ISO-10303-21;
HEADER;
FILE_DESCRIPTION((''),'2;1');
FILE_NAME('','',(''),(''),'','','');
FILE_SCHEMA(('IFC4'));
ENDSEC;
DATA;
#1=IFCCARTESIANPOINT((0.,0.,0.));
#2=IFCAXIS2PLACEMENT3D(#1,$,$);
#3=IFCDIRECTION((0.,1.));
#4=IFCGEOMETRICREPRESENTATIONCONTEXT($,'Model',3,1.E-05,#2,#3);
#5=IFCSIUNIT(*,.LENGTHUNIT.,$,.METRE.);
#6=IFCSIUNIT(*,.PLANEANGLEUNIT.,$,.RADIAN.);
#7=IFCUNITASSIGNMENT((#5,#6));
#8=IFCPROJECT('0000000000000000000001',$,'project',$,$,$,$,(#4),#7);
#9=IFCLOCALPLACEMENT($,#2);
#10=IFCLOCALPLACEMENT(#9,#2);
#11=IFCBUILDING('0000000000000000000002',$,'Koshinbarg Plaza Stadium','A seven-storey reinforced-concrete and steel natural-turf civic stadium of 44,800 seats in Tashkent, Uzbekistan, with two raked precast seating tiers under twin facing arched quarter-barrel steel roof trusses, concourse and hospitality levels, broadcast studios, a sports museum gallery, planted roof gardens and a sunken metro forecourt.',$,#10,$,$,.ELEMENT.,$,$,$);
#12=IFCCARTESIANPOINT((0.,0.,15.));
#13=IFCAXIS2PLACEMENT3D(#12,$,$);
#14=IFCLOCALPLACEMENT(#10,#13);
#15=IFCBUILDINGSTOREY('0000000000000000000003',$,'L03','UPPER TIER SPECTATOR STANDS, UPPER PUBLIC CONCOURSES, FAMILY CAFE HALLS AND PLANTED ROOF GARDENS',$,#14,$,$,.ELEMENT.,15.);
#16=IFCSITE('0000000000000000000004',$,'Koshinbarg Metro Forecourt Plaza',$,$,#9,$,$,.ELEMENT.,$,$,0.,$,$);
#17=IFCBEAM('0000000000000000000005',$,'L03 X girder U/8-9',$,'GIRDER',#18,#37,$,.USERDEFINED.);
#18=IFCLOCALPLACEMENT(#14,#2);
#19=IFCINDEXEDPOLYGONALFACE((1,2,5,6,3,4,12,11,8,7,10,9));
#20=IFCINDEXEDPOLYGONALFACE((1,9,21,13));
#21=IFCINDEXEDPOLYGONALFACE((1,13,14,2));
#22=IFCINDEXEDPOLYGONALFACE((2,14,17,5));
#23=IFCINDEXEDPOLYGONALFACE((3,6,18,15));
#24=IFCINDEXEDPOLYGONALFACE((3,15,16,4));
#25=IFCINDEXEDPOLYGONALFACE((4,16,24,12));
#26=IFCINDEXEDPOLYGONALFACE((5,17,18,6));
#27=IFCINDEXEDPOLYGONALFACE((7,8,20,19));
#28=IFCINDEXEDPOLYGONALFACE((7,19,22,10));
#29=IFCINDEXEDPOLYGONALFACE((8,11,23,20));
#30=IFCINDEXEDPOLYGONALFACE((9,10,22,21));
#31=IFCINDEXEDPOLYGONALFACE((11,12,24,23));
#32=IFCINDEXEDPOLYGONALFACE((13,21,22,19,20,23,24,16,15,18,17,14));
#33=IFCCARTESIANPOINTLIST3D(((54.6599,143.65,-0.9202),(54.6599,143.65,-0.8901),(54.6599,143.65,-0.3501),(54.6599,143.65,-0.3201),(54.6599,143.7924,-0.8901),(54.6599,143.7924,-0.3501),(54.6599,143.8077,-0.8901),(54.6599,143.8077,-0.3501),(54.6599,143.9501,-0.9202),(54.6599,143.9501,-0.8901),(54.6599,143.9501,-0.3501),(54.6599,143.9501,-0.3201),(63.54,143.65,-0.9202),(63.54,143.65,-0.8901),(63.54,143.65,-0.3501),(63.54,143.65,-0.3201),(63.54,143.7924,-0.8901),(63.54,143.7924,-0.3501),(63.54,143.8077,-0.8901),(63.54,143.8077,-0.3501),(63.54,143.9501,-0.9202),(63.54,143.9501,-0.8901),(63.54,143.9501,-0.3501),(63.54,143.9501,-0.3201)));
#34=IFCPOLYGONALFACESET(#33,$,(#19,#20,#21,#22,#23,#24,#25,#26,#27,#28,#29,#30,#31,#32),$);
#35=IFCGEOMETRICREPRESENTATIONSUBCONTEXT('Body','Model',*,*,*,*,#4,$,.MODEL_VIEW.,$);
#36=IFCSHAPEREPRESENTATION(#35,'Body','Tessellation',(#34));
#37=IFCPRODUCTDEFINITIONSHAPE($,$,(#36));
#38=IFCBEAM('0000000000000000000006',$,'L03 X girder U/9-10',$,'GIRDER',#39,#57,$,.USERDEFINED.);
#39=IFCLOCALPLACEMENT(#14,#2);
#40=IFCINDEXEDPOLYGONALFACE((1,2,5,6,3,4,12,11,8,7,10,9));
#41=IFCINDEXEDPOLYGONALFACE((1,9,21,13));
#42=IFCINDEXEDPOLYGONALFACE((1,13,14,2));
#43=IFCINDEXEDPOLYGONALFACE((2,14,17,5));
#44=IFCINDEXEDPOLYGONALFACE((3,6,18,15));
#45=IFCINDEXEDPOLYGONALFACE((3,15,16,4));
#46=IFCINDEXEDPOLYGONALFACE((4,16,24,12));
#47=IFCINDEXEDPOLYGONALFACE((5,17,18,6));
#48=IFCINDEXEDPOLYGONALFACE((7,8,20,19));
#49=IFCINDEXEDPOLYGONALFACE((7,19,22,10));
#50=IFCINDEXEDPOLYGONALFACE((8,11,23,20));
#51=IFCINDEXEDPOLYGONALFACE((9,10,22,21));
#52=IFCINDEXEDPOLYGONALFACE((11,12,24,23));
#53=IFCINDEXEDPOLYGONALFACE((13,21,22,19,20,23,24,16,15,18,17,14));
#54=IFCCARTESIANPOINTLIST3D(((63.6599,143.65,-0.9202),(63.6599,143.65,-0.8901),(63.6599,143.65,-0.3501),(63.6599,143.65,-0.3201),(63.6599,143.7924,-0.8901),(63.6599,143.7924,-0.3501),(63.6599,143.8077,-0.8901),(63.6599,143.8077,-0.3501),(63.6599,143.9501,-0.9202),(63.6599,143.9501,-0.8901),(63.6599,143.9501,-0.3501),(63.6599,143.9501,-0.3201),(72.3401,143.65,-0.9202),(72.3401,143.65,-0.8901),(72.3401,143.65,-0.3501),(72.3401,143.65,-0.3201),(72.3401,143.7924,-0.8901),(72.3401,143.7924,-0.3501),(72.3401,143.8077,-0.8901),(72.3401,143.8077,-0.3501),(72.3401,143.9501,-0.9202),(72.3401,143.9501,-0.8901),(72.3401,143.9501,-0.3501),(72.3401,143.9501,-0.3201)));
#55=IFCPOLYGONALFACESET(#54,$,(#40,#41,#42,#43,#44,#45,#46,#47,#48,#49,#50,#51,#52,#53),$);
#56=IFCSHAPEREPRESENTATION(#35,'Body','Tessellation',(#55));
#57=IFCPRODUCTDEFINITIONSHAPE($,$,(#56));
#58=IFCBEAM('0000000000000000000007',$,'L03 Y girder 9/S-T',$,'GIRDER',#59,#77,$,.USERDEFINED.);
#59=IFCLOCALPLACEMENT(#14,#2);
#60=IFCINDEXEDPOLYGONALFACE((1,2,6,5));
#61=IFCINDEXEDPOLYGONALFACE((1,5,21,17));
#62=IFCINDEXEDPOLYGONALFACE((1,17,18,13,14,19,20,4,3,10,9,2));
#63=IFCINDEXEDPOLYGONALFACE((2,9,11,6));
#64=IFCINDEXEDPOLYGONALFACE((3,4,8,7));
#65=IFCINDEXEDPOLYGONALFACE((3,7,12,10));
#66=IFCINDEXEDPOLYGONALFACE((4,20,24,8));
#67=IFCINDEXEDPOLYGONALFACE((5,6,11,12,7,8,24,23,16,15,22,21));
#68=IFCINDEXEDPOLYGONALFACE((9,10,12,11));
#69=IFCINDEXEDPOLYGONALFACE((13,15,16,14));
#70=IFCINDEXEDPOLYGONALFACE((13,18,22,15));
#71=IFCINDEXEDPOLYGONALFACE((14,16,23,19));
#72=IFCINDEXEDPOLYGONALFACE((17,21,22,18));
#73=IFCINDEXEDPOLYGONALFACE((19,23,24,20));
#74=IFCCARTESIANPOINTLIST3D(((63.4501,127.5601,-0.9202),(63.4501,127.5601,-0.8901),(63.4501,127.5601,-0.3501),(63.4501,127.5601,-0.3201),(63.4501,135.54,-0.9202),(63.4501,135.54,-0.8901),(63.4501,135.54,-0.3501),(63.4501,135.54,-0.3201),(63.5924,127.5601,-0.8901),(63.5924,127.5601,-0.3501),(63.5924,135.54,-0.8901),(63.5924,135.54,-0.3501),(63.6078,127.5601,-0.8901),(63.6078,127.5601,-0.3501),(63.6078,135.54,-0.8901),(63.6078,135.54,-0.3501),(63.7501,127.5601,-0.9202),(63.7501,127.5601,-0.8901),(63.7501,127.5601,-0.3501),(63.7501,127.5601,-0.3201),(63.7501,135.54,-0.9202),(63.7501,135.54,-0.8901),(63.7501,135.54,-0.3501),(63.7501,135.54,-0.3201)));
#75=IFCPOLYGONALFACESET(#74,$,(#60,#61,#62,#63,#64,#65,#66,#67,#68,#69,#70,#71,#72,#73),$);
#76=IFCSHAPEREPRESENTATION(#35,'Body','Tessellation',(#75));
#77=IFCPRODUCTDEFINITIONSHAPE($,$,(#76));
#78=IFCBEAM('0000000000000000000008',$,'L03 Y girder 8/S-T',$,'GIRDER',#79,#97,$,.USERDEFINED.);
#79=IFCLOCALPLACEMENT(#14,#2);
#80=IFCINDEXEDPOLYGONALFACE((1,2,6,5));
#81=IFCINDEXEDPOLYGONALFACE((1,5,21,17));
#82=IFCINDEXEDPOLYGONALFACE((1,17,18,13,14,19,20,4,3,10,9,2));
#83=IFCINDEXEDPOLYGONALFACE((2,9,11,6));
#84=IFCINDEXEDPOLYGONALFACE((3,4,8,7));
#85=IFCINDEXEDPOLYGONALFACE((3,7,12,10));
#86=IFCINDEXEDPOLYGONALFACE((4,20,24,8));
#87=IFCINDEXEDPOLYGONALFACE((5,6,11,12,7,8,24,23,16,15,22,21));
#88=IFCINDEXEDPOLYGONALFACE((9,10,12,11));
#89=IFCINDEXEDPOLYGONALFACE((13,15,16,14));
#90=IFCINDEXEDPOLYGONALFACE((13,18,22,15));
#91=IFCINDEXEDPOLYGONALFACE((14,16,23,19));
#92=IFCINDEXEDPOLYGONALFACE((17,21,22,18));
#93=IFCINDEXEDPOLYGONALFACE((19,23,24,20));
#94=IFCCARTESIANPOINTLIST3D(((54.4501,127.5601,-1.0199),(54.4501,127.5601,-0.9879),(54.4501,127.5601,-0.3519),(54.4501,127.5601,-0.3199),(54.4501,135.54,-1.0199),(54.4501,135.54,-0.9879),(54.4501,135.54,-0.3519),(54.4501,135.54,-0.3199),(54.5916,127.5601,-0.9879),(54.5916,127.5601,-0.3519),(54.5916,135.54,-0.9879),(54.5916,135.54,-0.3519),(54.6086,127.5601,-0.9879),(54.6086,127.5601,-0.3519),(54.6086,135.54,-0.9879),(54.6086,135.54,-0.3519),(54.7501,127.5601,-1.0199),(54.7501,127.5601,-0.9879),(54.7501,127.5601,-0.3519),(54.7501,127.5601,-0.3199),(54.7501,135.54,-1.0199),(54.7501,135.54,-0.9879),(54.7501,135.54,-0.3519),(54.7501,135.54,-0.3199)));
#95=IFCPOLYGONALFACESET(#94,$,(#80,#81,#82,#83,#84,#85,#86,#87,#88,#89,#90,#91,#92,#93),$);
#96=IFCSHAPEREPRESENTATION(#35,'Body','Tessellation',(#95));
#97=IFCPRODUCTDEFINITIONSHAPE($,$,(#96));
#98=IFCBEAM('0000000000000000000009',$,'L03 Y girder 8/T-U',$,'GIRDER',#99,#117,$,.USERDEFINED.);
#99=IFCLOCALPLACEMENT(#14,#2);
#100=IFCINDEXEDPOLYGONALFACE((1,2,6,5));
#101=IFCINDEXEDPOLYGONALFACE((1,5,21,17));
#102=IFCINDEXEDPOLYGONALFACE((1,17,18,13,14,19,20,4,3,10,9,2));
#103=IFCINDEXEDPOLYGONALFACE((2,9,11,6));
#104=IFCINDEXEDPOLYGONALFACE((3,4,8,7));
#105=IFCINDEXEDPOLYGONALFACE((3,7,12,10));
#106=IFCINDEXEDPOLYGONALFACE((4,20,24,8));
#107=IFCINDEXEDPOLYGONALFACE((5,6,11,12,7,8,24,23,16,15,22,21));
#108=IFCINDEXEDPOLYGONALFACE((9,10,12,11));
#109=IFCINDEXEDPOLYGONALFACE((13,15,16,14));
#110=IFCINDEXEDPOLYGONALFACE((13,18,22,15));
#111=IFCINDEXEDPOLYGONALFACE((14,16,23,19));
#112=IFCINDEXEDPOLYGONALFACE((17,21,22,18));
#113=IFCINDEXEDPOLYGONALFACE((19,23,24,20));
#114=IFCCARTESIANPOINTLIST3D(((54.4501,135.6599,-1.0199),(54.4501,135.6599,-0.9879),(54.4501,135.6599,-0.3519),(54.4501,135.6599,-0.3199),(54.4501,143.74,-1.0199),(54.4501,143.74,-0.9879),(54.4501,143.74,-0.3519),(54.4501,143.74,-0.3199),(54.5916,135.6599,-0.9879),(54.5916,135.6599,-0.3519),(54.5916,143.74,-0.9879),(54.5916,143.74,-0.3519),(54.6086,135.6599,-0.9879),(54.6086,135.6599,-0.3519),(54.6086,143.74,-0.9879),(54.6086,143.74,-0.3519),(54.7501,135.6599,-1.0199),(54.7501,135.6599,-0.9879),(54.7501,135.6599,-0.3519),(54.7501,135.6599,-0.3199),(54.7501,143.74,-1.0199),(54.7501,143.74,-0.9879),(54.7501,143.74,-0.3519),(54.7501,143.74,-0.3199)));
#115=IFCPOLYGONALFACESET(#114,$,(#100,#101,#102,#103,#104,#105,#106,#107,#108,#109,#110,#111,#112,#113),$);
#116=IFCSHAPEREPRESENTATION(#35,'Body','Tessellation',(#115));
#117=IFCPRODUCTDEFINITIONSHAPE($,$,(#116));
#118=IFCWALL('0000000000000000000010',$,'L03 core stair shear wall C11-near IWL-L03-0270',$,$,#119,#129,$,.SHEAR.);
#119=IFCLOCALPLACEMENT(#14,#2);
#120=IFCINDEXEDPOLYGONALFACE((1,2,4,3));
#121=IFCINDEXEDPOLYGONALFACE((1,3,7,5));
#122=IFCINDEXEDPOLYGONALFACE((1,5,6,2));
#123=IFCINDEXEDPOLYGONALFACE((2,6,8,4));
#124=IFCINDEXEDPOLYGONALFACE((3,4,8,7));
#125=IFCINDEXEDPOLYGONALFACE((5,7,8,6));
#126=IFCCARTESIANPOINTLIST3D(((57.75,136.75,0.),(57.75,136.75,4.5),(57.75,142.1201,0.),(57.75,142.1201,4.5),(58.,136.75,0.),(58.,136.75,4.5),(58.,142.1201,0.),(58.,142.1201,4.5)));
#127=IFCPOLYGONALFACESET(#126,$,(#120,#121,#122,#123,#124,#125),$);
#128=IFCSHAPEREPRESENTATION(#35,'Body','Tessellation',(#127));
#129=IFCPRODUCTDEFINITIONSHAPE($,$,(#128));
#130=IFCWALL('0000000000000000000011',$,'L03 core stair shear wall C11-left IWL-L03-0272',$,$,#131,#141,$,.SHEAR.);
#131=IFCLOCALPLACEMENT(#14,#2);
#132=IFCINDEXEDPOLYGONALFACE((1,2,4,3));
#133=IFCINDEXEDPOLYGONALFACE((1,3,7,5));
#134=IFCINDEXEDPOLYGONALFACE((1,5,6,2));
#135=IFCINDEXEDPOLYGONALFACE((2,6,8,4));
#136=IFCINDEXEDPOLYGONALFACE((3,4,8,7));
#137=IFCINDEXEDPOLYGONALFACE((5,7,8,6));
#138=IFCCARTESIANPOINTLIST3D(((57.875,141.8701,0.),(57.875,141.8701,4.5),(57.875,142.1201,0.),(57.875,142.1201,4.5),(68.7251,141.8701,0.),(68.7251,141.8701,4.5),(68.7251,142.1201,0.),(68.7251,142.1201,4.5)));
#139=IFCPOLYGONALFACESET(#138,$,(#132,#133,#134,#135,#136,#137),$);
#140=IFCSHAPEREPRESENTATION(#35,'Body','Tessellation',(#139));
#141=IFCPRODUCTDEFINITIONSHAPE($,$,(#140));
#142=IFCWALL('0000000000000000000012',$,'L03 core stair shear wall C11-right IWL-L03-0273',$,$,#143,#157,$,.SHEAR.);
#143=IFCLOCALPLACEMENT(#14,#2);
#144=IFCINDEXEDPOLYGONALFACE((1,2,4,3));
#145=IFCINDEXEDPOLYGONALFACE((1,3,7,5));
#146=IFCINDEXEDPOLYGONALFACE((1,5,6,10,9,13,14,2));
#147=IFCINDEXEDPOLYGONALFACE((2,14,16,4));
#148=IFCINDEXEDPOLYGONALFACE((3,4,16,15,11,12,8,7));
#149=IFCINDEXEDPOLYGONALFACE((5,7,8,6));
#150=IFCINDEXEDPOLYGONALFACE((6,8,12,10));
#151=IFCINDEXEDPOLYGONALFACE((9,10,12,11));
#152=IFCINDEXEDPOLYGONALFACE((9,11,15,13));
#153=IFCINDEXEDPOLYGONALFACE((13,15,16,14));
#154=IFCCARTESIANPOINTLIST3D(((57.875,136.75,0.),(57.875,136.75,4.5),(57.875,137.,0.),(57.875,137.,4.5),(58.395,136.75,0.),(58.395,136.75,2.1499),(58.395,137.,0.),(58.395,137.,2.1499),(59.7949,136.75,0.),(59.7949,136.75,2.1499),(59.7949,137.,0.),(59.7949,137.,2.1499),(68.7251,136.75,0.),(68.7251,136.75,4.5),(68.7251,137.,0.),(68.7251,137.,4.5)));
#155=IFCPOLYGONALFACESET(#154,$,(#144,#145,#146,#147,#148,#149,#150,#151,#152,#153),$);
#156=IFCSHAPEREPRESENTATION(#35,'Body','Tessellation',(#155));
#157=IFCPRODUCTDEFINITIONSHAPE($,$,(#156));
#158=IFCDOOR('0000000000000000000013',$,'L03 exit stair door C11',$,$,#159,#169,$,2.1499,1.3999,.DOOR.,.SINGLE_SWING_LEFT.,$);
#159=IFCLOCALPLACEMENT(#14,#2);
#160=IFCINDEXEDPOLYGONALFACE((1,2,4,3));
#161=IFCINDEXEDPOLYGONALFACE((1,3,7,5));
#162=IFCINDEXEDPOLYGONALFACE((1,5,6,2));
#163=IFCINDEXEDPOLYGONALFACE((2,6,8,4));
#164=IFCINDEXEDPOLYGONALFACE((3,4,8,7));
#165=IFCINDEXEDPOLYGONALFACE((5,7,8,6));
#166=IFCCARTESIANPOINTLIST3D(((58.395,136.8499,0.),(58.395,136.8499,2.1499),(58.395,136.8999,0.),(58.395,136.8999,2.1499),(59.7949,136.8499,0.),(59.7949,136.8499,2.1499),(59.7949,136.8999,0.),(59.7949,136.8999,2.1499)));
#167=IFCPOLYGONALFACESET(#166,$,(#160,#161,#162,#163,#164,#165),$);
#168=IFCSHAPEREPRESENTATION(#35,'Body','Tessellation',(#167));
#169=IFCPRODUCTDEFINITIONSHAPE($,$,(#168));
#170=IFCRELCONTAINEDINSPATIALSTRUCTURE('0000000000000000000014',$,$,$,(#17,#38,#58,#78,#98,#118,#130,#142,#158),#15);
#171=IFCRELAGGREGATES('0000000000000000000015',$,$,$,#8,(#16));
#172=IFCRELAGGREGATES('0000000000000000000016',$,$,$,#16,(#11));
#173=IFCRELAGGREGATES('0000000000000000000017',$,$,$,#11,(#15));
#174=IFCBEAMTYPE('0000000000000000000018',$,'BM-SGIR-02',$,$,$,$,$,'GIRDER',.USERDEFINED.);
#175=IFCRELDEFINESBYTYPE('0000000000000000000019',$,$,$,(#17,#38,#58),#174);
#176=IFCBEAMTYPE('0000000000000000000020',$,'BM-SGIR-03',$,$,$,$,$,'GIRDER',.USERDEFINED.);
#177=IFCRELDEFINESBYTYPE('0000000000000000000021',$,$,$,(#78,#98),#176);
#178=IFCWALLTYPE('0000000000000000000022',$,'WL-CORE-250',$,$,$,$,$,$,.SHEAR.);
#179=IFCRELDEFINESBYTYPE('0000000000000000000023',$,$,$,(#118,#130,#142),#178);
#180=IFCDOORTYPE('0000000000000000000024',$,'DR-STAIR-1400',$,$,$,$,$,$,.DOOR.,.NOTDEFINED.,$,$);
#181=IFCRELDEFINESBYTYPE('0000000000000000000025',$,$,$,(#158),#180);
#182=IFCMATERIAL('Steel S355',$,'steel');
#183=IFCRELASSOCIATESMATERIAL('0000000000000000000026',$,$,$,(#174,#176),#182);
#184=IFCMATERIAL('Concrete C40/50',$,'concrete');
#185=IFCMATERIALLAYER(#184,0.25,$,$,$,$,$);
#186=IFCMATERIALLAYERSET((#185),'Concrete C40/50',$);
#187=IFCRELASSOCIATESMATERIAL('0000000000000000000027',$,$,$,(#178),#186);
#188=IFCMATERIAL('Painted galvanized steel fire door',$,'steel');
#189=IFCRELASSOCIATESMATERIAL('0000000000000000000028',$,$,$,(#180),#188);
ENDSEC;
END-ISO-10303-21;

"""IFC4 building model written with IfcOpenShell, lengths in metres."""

from ifc_helpers import new_model, si_unit, direction, frame, frame_2d, origin, origin_2d, place, context, subcontext, project, spatial, rectangle, i_section, extrude, material, layer, layer_set, material_profile, profile_set, type_object, element, fill, save


model = new_model("IFC4")

# Units and contexts
model_context = context("Model", 3, precision=1e-05, world=origin(), true_north=direction((0.0, 1.0)))
body_context = subcontext(model_context, "Body", "Model", "MODEL_VIEW")
ifc_project = project(units=[si_unit("LENGTHUNIT", "METRE"), si_unit("PLANEANGLEUNIT", "RADIAN")], contexts=[model_context])

# Site, building, storey
site_placement = place(None, origin())
site = spatial("IfcSite", under=ifc_project, at=site_placement, Name="Koshinbarg Metro Forecourt Plaza", CompositionType="ELEMENT", RefElevation=0.0)
building_placement = place(site_placement, origin())
building = spatial("IfcBuilding", under=site, at=building_placement, Name="Koshinbarg Plaza Stadium", Description="A seven-storey reinforced-concrete and steel natural-turf civic stadium of 44,800 seats in Tashkent, Uzbekistan, with two raked precast seating tiers under twin facing arched quarter-barrel steel roof trusses, concourse and hospitality levels, broadcast studios, a sports museum gallery, planted roof gardens and a sunken metro forecourt.", CompositionType="ELEMENT")
storey_placement = place(building_placement, frame((0.0, 0.0, 15.0)))
storey = spatial("IfcBuildingStorey", under=building, at=storey_placement, Name="L03", Description="UPPER TIER SPECTATOR STANDS, UPPER PUBLIC CONCOURSES, FAMILY CAFE HALLS AND PLANTED ROOF GARDENS", CompositionType="ELEMENT", Elevation=15.0)

# Shared definitions
ifc_material_1 = material(Name="Concrete C40/50", Category="concrete")

# Beams
ifc_material_2 = material(Name="Steel S355", Category="steel")
ifc_material_profile_1 = material_profile(ifc_material_2, i_section(OverallWidth=0.3, OverallDepth=0.6001, WebThickness=0.0154, FlangeThickness=0.03, at=origin_2d()), Name="HEB 600")
ifc_profile_set_1 = profile_set([ifc_material_profile_1], Name="Steel S355")
beam_type_1 = type_object("IfcBeamType", Name="BM-SGIR-02", ElementType="GIRDER", PredefinedType="USERDEFINED", material=ifc_profile_set_1)
beam_1_placement = place(storey_placement, frame((54.6599, 143.8, -0.6201), z_axis=(1.0, 0.0, 0.0), x_axis=(0.0, 1.0, 0.0)))
element("IfcBeam", 1, at=beam_1_placement, inside=storey, type_object=beam_type_1, Name="L03 X girder U/8-9", ObjectType="GIRDER", PredefinedType="USERDEFINED", context=body_context, shape_type="SweptSolid", body=[
    extrude(i_section(OverallWidth=0.3, OverallDepth=0.6001, WebThickness=0.0154, FlangeThickness=0.03, at=origin_2d()), origin(), (0.0, 0.0, 1.0), 8.8801),
])
beam_2_placement = place(storey_placement, frame((63.6599, 143.8, -0.6201), z_axis=(1.0, 0.0, 0.0), x_axis=(0.0, 1.0, 0.0)))
element("IfcBeam", 2, at=beam_2_placement, inside=storey, type_object=beam_type_1, Name="L03 X girder U/9-10", ObjectType="GIRDER", PredefinedType="USERDEFINED", context=body_context, shape_type="SweptSolid", body=[
    extrude(i_section(OverallWidth=0.3, OverallDepth=0.6001, WebThickness=0.0154, FlangeThickness=0.03, at=origin_2d()), origin(), (0.0, 0.0, 1.0), 8.6802),
])
beam_3_placement = place(storey_placement, frame((63.6001, 127.5601, -0.6201), z_axis=(0.0, 1.0, 0.0), x_axis=(-1.0, 0.0, 0.0)))
element("IfcBeam", 3, at=beam_3_placement, inside=storey, type_object=beam_type_1, Name="L03 Y girder 9/S-T", ObjectType="GIRDER", PredefinedType="USERDEFINED", context=body_context, shape_type="SweptSolid", body=[
    extrude(i_section(OverallWidth=0.3, OverallDepth=0.6001, WebThickness=0.0154, FlangeThickness=0.03, at=origin_2d()), origin(), (0.0, 0.0, 1.0), 7.98),
])
ifc_material_profile_2 = material_profile(ifc_material_2, i_section(OverallWidth=0.3, OverallDepth=0.7, WebThickness=0.0171, FlangeThickness=0.032, at=origin_2d()), Name="HEB 700")
ifc_profile_set_2 = profile_set([ifc_material_profile_2], Name="Steel S355")
beam_type_2 = type_object("IfcBeamType", Name="BM-SGIR-03", ElementType="GIRDER", PredefinedType="USERDEFINED", material=ifc_profile_set_2)
beam_4_placement = place(storey_placement, frame((54.6001, 127.5601, -0.6699), z_axis=(0.0, 1.0, 0.0), x_axis=(-1.0, 0.0, 0.0)))
element("IfcBeam", 4, at=beam_4_placement, inside=storey, type_object=beam_type_2, Name="L03 Y girder 8/S-T", ObjectType="GIRDER", PredefinedType="USERDEFINED", context=body_context, shape_type="SweptSolid", body=[
    extrude(i_section(OverallWidth=0.3, OverallDepth=0.7, WebThickness=0.0171, FlangeThickness=0.032, at=origin_2d()), origin(), (0.0, 0.0, 1.0), 7.98),
])
beam_5_placement = place(storey_placement, frame((54.6001, 135.6599, -0.6699), z_axis=(0.0, 1.0, 0.0), x_axis=(-1.0, 0.0, 0.0)))
element("IfcBeam", 5, at=beam_5_placement, inside=storey, type_object=beam_type_2, Name="L03 Y girder 8/T-U", ObjectType="GIRDER", PredefinedType="USERDEFINED", context=body_context, shape_type="SweptSolid", body=[
    extrude(i_section(OverallWidth=0.3, OverallDepth=0.7, WebThickness=0.0171, FlangeThickness=0.032, at=origin_2d()), origin(), (0.0, 0.0, 1.0), 8.0801),
])

# Walls
ifc_layer_1 = layer(ifc_material_1, 0.25)
ifc_layer_set_1 = layer_set([ifc_layer_1], Name="Concrete C40/50")
wall_type_1 = type_object("IfcWallType", Name="WL-CORE-250", PredefinedType="SHEAR", material=ifc_layer_set_1)
wall_1_placement = place(storey_placement, frame((57.875, 142.1201, 0.0), z_axis=(0.0, 0.0, 1.0), x_axis=(0.0, -1.0, 0.0)))
element("IfcWall", 6, at=wall_1_placement, inside=storey, type_object=wall_type_1, Name="L03 core stair shear wall C11-near IWL-L03-0270", PredefinedType="SHEAR", context=body_context, shape_type="SweptSolid", body=[
    extrude(rectangle(XDim=5.3701, YDim=0.25, at=frame_2d((2.6851, 0.0))), origin(), (0.0, 0.0, 1.0), 4.5),
])
wall_2_placement = place(storey_placement, frame((57.875, 141.9951, 0.0), z_axis=(0.0, 0.0, 1.0), x_axis=(1.0, 0.0, 0.0)))
element("IfcWall", 7, at=wall_2_placement, inside=storey, type_object=wall_type_1, Name="L03 core stair shear wall C11-left IWL-L03-0272", PredefinedType="SHEAR", context=body_context, shape_type="SweptSolid", body=[
    extrude(rectangle(XDim=10.8501, YDim=0.25, at=frame_2d((5.425, 0.0))), origin(), (0.0, 0.0, 1.0), 4.5),
])

# Wall, opening, door
wall_3_placement = place(storey_placement, frame((57.875, 136.875, 0.0), z_axis=(0.0, 0.0, 1.0), x_axis=(1.0, 0.0, 0.0)))
wall_3 = element("IfcWall", 8, at=wall_3_placement, inside=storey, type_object=wall_type_1, Name="L03 core stair shear wall C11-right IWL-L03-0273", PredefinedType="SHEAR", context=body_context, shape_type="SweptSolid", body=[
    extrude(rectangle(XDim=10.8501, YDim=0.25, at=frame_2d((5.425, 0.0))), origin(), (0.0, 0.0, 1.0), 4.5),
])
opening_1_placement = place(wall_3_placement, frame((0.52, 0.0, 0.0)))
opening_1 = element("IfcOpeningElement", 9, at=opening_1_placement, cuts=wall_3, PredefinedType="OPENING", context=body_context, shape_type="SweptSolid", body=[
    extrude(rectangle(XDim=1.3999, YDim=2.1499, at=frame_2d((0.7, 1.075))), frame((0.0, 0.135, 0.0), z_axis=(0.0, -1.0, 0.0), x_axis=(1.0, 0.0, 0.0)), (0.0, 0.0, 1.0), 0.27),
])
ifc_material_3 = material(Name="Painted galvanized steel fire door", Category="steel")
door_type_1 = type_object("IfcDoorType", Name="DR-STAIR-1400", OperationType="NOTDEFINED", PredefinedType="DOOR", material=ifc_material_3)
door_1_placement = place(opening_1_placement, origin())
door_1 = element("IfcDoor", 10, at=door_1_placement, inside=storey, type_object=door_type_1, Name="L03 exit stair door C11", OperationType="SINGLE_SWING_LEFT", OverallHeight=2.1499, OverallWidth=1.3999, PredefinedType="DOOR", context=body_context, shape_type="SweptSolid", body=[
    extrude(rectangle(XDim=1.3999, YDim=2.1499, at=frame_2d((0.7, 1.075))), frame((0.0, 0.0249, 0.0), z_axis=(0.0, -1.0, 0.0), x_axis=(1.0, 0.0, 0.0)), (0.0, 0.0, 1.0), 0.05),
])
fill(opening_1, door_1)

save(model, "model.ifc")
